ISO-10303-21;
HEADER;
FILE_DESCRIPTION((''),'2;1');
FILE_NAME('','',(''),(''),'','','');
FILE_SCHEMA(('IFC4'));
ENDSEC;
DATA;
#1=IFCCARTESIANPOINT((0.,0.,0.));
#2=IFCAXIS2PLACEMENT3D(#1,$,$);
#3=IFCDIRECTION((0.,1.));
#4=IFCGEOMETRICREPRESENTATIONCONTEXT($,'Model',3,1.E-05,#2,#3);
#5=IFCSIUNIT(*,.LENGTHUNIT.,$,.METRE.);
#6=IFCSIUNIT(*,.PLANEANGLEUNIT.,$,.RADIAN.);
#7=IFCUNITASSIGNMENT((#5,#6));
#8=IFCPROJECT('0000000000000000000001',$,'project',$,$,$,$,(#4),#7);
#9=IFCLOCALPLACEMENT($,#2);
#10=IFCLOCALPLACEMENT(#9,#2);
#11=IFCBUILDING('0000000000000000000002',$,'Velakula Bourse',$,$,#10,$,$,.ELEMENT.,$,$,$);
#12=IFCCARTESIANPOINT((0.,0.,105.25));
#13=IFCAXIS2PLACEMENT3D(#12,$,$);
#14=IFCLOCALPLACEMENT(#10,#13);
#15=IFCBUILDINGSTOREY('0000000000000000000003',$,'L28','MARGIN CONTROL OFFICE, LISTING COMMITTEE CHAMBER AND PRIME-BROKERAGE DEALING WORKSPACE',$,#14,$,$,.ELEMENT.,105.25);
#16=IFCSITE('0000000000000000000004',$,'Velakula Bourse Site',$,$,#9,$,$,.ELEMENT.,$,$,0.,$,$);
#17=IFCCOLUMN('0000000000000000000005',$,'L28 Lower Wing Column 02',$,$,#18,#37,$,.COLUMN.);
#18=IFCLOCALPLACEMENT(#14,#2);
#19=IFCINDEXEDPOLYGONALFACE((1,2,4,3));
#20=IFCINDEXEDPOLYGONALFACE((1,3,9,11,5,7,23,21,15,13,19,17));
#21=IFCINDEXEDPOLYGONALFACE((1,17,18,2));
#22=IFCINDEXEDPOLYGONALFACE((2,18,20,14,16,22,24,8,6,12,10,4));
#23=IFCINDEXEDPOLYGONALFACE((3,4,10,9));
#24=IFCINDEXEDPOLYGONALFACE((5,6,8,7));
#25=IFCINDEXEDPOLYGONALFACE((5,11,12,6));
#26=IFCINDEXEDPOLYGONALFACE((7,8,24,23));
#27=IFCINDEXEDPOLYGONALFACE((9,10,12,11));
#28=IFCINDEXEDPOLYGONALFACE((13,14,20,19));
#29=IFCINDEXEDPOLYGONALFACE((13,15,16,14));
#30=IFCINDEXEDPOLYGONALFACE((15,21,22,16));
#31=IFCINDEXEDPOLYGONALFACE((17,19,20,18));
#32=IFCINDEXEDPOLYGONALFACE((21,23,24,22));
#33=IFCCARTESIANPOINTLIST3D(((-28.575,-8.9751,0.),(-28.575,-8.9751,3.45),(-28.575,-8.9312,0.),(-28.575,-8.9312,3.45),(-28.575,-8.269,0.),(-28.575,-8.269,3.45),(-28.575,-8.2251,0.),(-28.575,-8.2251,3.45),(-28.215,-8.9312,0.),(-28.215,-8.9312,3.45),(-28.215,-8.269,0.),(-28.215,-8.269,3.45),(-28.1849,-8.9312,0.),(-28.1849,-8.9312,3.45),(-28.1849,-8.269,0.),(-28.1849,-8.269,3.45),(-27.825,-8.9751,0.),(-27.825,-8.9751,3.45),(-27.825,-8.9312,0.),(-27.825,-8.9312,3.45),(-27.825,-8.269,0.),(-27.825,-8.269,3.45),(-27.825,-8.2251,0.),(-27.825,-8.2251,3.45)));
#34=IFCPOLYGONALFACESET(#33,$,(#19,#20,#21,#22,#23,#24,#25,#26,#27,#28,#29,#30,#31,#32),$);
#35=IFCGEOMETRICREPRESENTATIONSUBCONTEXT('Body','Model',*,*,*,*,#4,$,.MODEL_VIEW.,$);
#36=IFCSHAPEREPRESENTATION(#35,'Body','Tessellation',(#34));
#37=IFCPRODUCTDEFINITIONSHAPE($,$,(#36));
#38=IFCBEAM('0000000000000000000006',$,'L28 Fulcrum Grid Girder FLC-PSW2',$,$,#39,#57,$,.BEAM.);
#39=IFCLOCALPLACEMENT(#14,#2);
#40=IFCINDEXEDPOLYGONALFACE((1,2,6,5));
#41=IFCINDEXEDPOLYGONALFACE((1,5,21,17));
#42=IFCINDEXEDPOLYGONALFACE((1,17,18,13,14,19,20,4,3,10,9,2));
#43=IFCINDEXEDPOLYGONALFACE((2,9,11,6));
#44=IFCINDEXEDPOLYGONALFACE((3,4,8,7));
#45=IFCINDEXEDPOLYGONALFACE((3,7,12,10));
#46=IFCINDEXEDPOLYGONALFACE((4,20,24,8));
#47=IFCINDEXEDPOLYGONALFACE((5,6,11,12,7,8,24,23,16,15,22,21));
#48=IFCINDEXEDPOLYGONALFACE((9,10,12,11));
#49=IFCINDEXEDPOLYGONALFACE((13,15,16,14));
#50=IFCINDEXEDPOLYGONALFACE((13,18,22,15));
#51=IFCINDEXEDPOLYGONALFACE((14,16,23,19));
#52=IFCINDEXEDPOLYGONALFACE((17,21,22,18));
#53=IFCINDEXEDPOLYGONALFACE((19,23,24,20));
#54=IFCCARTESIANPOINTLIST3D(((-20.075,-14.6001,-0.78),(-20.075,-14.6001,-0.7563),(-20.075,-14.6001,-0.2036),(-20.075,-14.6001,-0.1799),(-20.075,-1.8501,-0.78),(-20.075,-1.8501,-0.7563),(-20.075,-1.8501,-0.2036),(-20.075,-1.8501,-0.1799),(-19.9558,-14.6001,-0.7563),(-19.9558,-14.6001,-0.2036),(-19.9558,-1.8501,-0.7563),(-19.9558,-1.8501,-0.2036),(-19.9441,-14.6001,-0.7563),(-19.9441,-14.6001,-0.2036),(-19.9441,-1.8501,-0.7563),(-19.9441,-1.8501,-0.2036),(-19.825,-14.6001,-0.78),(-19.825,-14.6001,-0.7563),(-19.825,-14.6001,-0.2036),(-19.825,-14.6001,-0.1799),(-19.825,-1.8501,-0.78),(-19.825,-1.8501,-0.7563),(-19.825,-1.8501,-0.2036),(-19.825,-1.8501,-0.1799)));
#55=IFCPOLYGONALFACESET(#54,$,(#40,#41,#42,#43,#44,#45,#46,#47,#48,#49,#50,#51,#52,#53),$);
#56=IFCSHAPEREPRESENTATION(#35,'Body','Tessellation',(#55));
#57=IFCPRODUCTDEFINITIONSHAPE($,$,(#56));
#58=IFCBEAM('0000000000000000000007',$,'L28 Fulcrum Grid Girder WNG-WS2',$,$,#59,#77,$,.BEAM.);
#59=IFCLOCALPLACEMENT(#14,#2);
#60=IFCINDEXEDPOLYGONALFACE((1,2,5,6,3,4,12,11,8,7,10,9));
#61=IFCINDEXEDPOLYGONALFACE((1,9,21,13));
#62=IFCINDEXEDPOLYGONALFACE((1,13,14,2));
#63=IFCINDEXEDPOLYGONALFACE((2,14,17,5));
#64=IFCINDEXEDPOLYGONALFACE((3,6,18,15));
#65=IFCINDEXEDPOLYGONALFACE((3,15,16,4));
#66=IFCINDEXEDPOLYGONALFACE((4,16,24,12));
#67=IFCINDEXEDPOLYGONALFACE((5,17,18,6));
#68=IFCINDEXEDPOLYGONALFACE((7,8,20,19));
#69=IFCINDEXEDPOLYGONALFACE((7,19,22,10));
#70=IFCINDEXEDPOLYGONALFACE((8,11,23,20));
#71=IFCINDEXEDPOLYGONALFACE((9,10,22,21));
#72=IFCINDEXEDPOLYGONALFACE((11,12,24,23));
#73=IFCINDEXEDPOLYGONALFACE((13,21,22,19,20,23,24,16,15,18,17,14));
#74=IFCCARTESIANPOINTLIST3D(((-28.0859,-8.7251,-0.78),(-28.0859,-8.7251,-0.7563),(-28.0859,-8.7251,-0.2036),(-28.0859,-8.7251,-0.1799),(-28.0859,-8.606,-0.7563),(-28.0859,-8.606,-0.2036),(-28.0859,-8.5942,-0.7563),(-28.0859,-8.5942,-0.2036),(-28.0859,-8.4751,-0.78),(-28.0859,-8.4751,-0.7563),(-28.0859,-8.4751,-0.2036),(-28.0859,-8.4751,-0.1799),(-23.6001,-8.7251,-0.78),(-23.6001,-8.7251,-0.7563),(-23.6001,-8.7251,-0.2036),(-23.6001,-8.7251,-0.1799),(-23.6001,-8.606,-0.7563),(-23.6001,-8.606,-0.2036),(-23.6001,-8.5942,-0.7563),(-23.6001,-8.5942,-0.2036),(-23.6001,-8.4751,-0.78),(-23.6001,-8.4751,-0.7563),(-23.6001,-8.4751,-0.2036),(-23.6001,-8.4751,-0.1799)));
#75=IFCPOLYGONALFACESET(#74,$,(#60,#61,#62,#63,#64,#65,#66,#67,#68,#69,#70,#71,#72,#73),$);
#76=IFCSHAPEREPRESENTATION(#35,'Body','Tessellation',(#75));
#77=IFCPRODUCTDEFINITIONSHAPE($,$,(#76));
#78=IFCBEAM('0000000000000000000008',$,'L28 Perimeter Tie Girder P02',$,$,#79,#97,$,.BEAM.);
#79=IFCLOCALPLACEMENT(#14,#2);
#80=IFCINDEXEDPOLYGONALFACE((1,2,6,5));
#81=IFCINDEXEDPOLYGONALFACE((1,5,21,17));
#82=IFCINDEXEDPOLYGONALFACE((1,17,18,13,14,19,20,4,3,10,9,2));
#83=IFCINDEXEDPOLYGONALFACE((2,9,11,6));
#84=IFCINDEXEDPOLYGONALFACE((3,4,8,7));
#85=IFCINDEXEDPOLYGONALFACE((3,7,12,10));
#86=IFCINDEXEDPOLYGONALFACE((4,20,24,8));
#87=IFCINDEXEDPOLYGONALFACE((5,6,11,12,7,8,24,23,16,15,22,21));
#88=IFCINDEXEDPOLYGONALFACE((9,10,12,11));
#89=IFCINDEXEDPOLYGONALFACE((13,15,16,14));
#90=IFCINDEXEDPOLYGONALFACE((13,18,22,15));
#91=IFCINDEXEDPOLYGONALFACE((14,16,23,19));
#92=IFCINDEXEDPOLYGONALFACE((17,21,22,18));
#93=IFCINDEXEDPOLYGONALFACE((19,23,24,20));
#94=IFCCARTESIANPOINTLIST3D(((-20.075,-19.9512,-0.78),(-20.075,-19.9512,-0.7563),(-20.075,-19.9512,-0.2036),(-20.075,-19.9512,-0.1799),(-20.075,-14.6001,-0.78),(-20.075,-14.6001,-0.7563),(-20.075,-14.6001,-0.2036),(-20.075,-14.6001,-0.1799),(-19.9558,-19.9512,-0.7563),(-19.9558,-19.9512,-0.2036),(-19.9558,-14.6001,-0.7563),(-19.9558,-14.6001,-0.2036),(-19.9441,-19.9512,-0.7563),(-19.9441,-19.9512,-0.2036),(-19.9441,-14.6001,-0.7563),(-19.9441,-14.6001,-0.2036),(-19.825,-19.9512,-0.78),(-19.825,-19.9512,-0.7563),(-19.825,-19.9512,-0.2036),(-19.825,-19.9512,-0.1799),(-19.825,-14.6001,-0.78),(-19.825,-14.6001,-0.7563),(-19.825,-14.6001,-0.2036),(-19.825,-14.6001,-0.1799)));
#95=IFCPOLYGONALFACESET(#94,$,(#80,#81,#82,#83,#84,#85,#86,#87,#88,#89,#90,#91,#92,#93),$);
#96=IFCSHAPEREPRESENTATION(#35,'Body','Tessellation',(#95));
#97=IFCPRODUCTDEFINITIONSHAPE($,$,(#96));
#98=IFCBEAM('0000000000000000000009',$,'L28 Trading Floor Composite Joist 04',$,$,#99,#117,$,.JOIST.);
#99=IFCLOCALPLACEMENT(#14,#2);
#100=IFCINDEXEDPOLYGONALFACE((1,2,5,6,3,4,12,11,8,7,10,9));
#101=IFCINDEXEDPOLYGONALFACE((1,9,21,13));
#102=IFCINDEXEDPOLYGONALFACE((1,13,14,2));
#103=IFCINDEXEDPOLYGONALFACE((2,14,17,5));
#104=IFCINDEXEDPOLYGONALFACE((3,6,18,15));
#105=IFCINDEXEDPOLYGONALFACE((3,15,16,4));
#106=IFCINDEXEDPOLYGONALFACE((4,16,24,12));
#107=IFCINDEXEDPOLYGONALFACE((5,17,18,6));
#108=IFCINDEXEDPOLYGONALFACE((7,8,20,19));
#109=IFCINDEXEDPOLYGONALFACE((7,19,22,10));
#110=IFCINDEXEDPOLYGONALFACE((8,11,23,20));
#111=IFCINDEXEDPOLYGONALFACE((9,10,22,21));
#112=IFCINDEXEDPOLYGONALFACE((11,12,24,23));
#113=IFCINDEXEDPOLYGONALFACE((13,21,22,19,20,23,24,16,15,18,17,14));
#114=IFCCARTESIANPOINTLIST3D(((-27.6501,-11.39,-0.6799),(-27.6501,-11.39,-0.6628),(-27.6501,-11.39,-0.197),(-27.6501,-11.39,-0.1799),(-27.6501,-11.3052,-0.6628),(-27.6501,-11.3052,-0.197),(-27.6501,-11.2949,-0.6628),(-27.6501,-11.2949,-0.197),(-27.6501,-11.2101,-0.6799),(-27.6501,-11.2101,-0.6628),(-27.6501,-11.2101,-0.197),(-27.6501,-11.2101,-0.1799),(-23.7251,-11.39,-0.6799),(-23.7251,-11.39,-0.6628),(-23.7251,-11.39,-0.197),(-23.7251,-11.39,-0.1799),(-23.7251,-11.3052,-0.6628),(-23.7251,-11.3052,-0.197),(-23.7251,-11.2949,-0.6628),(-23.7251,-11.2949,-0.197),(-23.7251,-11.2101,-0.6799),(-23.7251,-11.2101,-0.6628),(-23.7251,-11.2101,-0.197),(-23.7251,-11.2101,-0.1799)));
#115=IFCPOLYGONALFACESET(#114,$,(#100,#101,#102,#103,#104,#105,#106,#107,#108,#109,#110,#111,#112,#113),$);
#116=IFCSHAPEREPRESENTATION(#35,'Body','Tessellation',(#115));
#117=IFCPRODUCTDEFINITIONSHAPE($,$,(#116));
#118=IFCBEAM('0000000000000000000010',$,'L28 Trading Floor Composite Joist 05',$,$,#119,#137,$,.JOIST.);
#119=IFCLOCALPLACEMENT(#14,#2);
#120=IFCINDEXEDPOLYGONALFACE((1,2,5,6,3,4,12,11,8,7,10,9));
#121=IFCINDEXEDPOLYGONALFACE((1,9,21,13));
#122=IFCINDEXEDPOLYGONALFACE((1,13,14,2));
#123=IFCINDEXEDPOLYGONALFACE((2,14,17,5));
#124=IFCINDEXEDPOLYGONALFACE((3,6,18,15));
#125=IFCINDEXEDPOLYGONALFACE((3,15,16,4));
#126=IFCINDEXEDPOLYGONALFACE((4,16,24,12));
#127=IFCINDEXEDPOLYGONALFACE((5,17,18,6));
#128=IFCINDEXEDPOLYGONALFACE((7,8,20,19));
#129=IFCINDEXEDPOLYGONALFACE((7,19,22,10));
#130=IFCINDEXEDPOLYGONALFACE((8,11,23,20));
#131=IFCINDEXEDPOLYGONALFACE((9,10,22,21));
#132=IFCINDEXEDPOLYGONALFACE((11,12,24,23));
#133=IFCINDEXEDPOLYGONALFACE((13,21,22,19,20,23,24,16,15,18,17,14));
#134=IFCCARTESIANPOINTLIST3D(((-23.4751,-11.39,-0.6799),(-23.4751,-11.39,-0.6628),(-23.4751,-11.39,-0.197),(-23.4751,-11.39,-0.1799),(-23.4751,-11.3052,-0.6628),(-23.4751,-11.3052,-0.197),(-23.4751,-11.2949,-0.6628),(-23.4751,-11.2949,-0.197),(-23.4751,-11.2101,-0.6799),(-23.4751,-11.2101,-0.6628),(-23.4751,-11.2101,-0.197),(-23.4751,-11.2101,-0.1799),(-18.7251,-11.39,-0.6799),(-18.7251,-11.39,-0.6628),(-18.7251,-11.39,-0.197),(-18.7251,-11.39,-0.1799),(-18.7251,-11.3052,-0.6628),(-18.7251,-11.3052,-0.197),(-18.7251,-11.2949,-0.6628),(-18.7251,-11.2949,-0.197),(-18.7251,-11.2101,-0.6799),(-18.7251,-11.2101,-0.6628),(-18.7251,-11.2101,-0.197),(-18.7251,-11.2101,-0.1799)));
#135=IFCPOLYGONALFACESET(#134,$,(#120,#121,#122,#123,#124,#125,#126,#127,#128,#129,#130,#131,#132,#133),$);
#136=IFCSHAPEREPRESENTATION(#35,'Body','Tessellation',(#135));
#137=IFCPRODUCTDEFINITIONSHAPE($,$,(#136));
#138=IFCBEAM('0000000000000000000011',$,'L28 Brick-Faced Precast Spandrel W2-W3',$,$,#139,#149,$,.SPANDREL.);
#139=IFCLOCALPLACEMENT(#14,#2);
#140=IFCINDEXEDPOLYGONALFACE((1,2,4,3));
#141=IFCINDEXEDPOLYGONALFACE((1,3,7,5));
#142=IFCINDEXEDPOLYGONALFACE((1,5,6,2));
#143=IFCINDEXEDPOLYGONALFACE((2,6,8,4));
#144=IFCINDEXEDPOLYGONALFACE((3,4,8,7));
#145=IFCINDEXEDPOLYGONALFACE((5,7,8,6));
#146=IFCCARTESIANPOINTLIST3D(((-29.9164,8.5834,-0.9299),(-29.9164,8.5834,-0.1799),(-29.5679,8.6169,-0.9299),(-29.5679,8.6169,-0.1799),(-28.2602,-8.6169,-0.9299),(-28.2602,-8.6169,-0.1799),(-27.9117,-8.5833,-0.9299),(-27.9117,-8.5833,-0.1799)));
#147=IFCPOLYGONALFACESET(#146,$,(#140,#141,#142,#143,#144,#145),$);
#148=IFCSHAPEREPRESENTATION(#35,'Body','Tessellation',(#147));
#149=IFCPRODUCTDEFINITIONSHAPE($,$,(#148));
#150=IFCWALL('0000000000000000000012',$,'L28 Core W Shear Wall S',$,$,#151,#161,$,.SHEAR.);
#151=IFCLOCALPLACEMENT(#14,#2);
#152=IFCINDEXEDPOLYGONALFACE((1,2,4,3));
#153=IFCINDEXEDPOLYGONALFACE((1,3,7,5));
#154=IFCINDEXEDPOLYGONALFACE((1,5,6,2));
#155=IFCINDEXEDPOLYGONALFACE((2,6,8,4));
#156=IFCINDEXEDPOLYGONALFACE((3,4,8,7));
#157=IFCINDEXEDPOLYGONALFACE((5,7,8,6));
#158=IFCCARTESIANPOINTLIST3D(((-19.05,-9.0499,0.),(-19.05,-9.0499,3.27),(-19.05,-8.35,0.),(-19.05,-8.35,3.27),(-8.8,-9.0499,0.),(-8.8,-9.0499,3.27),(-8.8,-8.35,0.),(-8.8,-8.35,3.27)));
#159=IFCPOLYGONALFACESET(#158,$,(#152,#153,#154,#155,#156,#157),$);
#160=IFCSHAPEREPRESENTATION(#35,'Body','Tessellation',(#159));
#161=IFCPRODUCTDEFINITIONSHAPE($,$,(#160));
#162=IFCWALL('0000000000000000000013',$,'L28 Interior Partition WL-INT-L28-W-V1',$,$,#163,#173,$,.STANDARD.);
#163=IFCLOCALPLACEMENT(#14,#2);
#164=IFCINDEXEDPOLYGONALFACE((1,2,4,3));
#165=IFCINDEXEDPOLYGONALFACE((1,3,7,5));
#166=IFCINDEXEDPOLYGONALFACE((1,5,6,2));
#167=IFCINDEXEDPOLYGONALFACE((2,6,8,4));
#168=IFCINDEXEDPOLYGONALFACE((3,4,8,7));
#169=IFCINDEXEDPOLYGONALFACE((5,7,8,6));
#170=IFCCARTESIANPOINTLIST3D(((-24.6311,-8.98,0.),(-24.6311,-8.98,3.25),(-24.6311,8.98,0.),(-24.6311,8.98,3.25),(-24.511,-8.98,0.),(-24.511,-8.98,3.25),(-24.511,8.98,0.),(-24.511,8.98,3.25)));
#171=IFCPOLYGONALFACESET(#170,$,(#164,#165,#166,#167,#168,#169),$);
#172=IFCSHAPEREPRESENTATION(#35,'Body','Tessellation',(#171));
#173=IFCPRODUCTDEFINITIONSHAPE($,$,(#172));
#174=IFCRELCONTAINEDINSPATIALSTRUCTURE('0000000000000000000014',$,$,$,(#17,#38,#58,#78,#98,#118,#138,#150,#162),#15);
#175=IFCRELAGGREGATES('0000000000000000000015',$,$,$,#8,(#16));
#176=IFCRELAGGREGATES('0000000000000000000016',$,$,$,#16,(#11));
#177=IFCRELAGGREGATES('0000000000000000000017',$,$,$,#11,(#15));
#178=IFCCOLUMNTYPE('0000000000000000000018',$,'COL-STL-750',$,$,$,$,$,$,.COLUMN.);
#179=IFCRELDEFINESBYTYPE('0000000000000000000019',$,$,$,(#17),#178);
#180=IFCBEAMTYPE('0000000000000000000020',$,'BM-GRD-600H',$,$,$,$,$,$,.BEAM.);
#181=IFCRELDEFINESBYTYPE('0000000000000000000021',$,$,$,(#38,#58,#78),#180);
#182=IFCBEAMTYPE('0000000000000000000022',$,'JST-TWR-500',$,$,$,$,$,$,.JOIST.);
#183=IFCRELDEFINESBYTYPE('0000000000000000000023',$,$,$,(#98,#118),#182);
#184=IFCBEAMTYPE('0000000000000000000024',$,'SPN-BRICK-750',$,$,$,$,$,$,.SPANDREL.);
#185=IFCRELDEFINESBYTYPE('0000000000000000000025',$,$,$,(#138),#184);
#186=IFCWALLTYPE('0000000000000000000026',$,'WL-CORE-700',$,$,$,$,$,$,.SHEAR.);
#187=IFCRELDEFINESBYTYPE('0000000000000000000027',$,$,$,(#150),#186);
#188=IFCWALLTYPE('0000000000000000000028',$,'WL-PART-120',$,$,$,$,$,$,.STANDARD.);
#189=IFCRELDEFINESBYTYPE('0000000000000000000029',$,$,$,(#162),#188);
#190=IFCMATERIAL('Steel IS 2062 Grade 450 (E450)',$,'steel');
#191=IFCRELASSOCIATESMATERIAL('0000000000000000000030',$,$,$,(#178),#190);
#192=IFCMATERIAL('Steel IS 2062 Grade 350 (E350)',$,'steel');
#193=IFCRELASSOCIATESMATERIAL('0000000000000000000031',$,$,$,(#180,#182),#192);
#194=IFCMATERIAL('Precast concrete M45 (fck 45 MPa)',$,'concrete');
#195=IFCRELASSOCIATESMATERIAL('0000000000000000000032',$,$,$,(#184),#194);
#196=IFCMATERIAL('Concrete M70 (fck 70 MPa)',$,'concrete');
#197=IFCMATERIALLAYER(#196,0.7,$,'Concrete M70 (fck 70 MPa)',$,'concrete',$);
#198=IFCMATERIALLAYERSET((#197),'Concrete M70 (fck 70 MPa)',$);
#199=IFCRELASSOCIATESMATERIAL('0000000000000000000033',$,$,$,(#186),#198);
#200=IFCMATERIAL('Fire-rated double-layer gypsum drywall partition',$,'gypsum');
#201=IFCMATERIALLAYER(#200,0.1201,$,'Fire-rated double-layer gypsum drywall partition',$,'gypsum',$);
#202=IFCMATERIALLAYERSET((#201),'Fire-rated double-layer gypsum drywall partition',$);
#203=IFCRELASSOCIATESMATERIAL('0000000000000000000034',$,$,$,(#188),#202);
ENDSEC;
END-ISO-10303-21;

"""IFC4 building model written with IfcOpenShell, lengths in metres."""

from ifc_helpers import new_model, si_unit, direction, frame, frame_2d, origin, origin_2d, place, context, subcontext, project, spatial, rectangle, i_section, extrude, material, layer, layer_set, material_profile, profile_set, type_object, element, save


model = new_model("IFC4")

# Units and contexts
model_context = context("Model", 3, precision=1e-05, world=origin(), true_north=direction((0.0, 1.0)))
body_context = subcontext(model_context, "Body", "Model", "MODEL_VIEW")
ifc_project = project(units=[si_unit("LENGTHUNIT", "METRE"), si_unit("PLANEANGLEUNIT", "RADIAN")], contexts=[model_context])

# Site, building, storey
site_placement = place(None, origin())
site = spatial("IfcSite", under=ifc_project, at=site_placement, Name="Velakula Bourse Site", CompositionType="ELEMENT", RefElevation=0.0)
building_placement = place(site_placement, origin())
building = spatial("IfcBuilding", under=site, at=building_placement, Name="Velakula Bourse", CompositionType="ELEMENT")
storey_placement = place(building_placement, frame((0.0, 0.0, 105.25)))
storey = spatial("IfcBuildingStorey", under=building, at=storey_placement, Name="L28", Description="MARGIN CONTROL OFFICE, LISTING COMMITTEE CHAMBER AND PRIME-BROKERAGE DEALING WORKSPACE", CompositionType="ELEMENT", Elevation=105.25)

# Column
ifc_material_1 = material(Name="Steel IS 2062 Grade 450 (E450)", Category="steel")
ifc_material_profile_1 = material_profile(ifc_material_1, i_section(OverallWidth=0.75, OverallDepth=0.75, WebThickness=0.03, FlangeThickness=0.0439, at=origin_2d()), Name="Steel IS 2062 Grade 450 (E450)")
ifc_profile_set_1 = profile_set([ifc_material_profile_1], Name="Steel IS 2062 Grade 450 (E450)")
column_type = type_object("IfcColumnType", Name="COL-STL-750", PredefinedType="COLUMN", material=ifc_profile_set_1)
column_placement = place(storey_placement, frame((-28.2, -8.6001, 0.0), z_axis=(0.0, 0.0, 1.0), x_axis=(1.0, 0.0, 0.0)))
element("IfcColumn", 1, at=column_placement, inside=storey, type_object=column_type, Name="L28 Lower Wing Column 02", PredefinedType="COLUMN", context=body_context, shape_type="SweptSolid", body=[
    extrude(i_section(OverallWidth=0.75, OverallDepth=0.75, WebThickness=0.03, FlangeThickness=0.0439, at=origin_2d()), origin(), (0.0, 0.0, 1.0), 3.45),
])

# Beams
ifc_material_2 = material(Name="Steel IS 2062 Grade 350 (E350)", Category="steel")
ifc_material_profile_2 = material_profile(ifc_material_2, i_section(OverallWidth=0.25, OverallDepth=0.6001, WebThickness=0.0117, FlangeThickness=0.0237, at=origin_2d()), Name="Steel IS 2062 Grade 350 (E350)")
ifc_profile_set_2 = profile_set([ifc_material_profile_2], Name="Steel IS 2062 Grade 350 (E350)")
beam_type_1 = type_object("IfcBeamType", Name="BM-GRD-600H", PredefinedType="BEAM", material=ifc_profile_set_2)
beam_1_placement = place(storey_placement, frame((-19.95, -14.6001, -0.48), z_axis=(0.0, 1.0, 0.0), x_axis=(-1.0, 0.0, 0.0)))
element("IfcBeam", 2, at=beam_1_placement, inside=storey, type_object=beam_type_1, Name="L28 Fulcrum Grid Girder FLC-PSW2", PredefinedType="BEAM", context=body_context, shape_type="SweptSolid", body=[
    extrude(i_section(OverallWidth=0.25, OverallDepth=0.6001, WebThickness=0.0117, FlangeThickness=0.0237, at=origin_2d()), origin(), (0.0, 0.0, 1.0), 12.75),
])
beam_2_placement = place(storey_placement, frame((-28.0859, -8.6001, -0.48), z_axis=(1.0, 0.0, 0.0), x_axis=(0.0, 1.0, 0.0)))
element("IfcBeam", 3, at=beam_2_placement, inside=storey, type_object=beam_type_1, Name="L28 Fulcrum Grid Girder WNG-WS2", PredefinedType="BEAM", context=body_context, shape_type="SweptSolid", body=[
    extrude(i_section(OverallWidth=0.25, OverallDepth=0.6001, WebThickness=0.0117, FlangeThickness=0.0237, at=origin_2d()), origin(), (0.0, 0.0, 1.0), 4.4858),
])
beam_3_placement = place(storey_placement, frame((-19.95, -14.6001, -0.48), z_axis=(0.0, -1.0, 0.0), x_axis=(1.0, 0.0, 0.0)))
element("IfcBeam", 4, at=beam_3_placement, inside=storey, type_object=beam_type_1, Name="L28 Perimeter Tie Girder P02", PredefinedType="BEAM", context=body_context, shape_type="SweptSolid", body=[
    extrude(i_section(OverallWidth=0.25, OverallDepth=0.6001, WebThickness=0.0117, FlangeThickness=0.0237, at=origin_2d()), origin(), (0.0, 0.0, 1.0), 5.3511),
])
ifc_material_profile_3 = material_profile(ifc_material_2, i_section(OverallWidth=0.1799, OverallDepth=0.5, WebThickness=0.0103, FlangeThickness=0.0171, at=origin_2d()), Name="Steel IS 2062 Grade 350 (E350)")
ifc_profile_set_3 = profile_set([ifc_material_profile_3], Name="Steel IS 2062 Grade 350 (E350)")
beam_type_2 = type_object("IfcBeamType", Name="JST-TWR-500", PredefinedType="JOIST", material=ifc_profile_set_3)
beam_4_placement = place(storey_placement, frame((-27.6501, -11.3, -0.4299), z_axis=(1.0, 0.0, 0.0), x_axis=(0.0, 1.0, 0.0)))
element("IfcBeam", 5, at=beam_4_placement, inside=storey, type_object=beam_type_2, Name="L28 Trading Floor Composite Joist 04", PredefinedType="JOIST", context=body_context, shape_type="SweptSolid", body=[
    extrude(i_section(OverallWidth=0.1799, OverallDepth=0.5, WebThickness=0.0103, FlangeThickness=0.0171, at=origin_2d()), origin(), (0.0, 0.0, 1.0), 3.925),
])
beam_5_placement = place(storey_placement, frame((-23.4751, -11.3, -0.4299), z_axis=(1.0, 0.0, 0.0), x_axis=(0.0, 1.0, 0.0)))
element("IfcBeam", 6, at=beam_5_placement, inside=storey, type_object=beam_type_2, Name="L28 Trading Floor Composite Joist 05", PredefinedType="JOIST", context=body_context, shape_type="SweptSolid", body=[
    extrude(i_section(OverallWidth=0.1799, OverallDepth=0.5, WebThickness=0.0103, FlangeThickness=0.0171, at=origin_2d()), origin(), (0.0, 0.0, 1.0), 4.75),
])
ifc_material_3 = material(Name="Precast concrete M45 (fck 45 MPa)", Category="concrete")
ifc_material_profile_4 = material_profile(ifc_material_3, rectangle(XDim=0.3501, YDim=0.75, at=origin_2d()), Name="Precast concrete M45 (fck 45 MPa)")
ifc_profile_set_4 = profile_set([ifc_material_profile_4], Name="Precast concrete M45 (fck 45 MPa)")
beam_type_3 = type_object("IfcBeamType", Name="SPN-BRICK-750", PredefinedType="SPANDREL", material=ifc_profile_set_4)
beam_6_placement = place(storey_placement, frame((-28.0859, -8.6001, -0.5549), z_axis=(-0.095849, 0.995396, 0.0), x_axis=(-0.995396, -0.095849, 0.0)))
element("IfcBeam", 7, at=beam_6_placement, inside=storey, type_object=beam_type_3, Name="L28 Brick-Faced Precast Spandrel W2-W3", PredefinedType="SPANDREL", context=body_context, shape_type="SweptSolid", body=[
    extrude(rectangle(XDim=0.3501, YDim=0.75, at=origin_2d()), origin(), (0.0, 0.0, 1.0), 17.2798),
])

# Walls
ifc_material_4 = material(Name="Concrete M70 (fck 70 MPa)", Category="concrete")
ifc_layer_1 = layer(ifc_material_4, 0.7, Name="Concrete M70 (fck 70 MPa)", Category="concrete")
ifc_layer_set_1 = layer_set([ifc_layer_1], Name="Concrete M70 (fck 70 MPa)")
wall_type_1 = type_object("IfcWallType", Name="WL-CORE-700", PredefinedType="SHEAR", material=ifc_layer_set_1)
wall_1_placement = place(storey_placement, frame((-19.05, -8.7, 0.0), z_axis=(0.0, 0.0, 1.0), x_axis=(1.0, 0.0, 0.0)))
element("IfcWall", 8, at=wall_1_placement, inside=storey, type_object=wall_type_1, Name="L28 Core W Shear Wall S", PredefinedType="SHEAR", context=body_context, shape_type="SweptSolid", body=[
    extrude(rectangle(XDim=10.25, YDim=0.7, at=frame_2d((5.125, 0.0))), origin(), (0.0, 0.0, 1.0), 3.27),
])
ifc_material_5 = material(Name="Fire-rated double-layer gypsum drywall partition", Category="gypsum")
ifc_layer_2 = layer(ifc_material_5, 0.1201, Name="Fire-rated double-layer gypsum drywall partition", Category="gypsum")
ifc_layer_set_2 = layer_set([ifc_layer_2], Name="Fire-rated double-layer gypsum drywall partition")
wall_type_2 = type_object("IfcWallType", Name="WL-PART-120", PredefinedType="STANDARD", material=ifc_layer_set_2)
wall_2_placement = place(storey_placement, frame((-24.571, -8.98, 0.0), z_axis=(0.0, 0.0, 1.0), x_axis=(0.0, 1.0, 0.0)))
element("IfcWall", 9, at=wall_2_placement, inside=storey, type_object=wall_type_2, Name="L28 Interior Partition WL-INT-L28-W-V1", PredefinedType="STANDARD", context=body_context, shape_type="SweptSolid", body=[
    extrude(rectangle(XDim=17.96, YDim=0.1201, at=frame_2d((8.98, 0.0))), origin(), (0.0, 0.0, 1.0), 3.25),
])

save(model, "model.ifc")
